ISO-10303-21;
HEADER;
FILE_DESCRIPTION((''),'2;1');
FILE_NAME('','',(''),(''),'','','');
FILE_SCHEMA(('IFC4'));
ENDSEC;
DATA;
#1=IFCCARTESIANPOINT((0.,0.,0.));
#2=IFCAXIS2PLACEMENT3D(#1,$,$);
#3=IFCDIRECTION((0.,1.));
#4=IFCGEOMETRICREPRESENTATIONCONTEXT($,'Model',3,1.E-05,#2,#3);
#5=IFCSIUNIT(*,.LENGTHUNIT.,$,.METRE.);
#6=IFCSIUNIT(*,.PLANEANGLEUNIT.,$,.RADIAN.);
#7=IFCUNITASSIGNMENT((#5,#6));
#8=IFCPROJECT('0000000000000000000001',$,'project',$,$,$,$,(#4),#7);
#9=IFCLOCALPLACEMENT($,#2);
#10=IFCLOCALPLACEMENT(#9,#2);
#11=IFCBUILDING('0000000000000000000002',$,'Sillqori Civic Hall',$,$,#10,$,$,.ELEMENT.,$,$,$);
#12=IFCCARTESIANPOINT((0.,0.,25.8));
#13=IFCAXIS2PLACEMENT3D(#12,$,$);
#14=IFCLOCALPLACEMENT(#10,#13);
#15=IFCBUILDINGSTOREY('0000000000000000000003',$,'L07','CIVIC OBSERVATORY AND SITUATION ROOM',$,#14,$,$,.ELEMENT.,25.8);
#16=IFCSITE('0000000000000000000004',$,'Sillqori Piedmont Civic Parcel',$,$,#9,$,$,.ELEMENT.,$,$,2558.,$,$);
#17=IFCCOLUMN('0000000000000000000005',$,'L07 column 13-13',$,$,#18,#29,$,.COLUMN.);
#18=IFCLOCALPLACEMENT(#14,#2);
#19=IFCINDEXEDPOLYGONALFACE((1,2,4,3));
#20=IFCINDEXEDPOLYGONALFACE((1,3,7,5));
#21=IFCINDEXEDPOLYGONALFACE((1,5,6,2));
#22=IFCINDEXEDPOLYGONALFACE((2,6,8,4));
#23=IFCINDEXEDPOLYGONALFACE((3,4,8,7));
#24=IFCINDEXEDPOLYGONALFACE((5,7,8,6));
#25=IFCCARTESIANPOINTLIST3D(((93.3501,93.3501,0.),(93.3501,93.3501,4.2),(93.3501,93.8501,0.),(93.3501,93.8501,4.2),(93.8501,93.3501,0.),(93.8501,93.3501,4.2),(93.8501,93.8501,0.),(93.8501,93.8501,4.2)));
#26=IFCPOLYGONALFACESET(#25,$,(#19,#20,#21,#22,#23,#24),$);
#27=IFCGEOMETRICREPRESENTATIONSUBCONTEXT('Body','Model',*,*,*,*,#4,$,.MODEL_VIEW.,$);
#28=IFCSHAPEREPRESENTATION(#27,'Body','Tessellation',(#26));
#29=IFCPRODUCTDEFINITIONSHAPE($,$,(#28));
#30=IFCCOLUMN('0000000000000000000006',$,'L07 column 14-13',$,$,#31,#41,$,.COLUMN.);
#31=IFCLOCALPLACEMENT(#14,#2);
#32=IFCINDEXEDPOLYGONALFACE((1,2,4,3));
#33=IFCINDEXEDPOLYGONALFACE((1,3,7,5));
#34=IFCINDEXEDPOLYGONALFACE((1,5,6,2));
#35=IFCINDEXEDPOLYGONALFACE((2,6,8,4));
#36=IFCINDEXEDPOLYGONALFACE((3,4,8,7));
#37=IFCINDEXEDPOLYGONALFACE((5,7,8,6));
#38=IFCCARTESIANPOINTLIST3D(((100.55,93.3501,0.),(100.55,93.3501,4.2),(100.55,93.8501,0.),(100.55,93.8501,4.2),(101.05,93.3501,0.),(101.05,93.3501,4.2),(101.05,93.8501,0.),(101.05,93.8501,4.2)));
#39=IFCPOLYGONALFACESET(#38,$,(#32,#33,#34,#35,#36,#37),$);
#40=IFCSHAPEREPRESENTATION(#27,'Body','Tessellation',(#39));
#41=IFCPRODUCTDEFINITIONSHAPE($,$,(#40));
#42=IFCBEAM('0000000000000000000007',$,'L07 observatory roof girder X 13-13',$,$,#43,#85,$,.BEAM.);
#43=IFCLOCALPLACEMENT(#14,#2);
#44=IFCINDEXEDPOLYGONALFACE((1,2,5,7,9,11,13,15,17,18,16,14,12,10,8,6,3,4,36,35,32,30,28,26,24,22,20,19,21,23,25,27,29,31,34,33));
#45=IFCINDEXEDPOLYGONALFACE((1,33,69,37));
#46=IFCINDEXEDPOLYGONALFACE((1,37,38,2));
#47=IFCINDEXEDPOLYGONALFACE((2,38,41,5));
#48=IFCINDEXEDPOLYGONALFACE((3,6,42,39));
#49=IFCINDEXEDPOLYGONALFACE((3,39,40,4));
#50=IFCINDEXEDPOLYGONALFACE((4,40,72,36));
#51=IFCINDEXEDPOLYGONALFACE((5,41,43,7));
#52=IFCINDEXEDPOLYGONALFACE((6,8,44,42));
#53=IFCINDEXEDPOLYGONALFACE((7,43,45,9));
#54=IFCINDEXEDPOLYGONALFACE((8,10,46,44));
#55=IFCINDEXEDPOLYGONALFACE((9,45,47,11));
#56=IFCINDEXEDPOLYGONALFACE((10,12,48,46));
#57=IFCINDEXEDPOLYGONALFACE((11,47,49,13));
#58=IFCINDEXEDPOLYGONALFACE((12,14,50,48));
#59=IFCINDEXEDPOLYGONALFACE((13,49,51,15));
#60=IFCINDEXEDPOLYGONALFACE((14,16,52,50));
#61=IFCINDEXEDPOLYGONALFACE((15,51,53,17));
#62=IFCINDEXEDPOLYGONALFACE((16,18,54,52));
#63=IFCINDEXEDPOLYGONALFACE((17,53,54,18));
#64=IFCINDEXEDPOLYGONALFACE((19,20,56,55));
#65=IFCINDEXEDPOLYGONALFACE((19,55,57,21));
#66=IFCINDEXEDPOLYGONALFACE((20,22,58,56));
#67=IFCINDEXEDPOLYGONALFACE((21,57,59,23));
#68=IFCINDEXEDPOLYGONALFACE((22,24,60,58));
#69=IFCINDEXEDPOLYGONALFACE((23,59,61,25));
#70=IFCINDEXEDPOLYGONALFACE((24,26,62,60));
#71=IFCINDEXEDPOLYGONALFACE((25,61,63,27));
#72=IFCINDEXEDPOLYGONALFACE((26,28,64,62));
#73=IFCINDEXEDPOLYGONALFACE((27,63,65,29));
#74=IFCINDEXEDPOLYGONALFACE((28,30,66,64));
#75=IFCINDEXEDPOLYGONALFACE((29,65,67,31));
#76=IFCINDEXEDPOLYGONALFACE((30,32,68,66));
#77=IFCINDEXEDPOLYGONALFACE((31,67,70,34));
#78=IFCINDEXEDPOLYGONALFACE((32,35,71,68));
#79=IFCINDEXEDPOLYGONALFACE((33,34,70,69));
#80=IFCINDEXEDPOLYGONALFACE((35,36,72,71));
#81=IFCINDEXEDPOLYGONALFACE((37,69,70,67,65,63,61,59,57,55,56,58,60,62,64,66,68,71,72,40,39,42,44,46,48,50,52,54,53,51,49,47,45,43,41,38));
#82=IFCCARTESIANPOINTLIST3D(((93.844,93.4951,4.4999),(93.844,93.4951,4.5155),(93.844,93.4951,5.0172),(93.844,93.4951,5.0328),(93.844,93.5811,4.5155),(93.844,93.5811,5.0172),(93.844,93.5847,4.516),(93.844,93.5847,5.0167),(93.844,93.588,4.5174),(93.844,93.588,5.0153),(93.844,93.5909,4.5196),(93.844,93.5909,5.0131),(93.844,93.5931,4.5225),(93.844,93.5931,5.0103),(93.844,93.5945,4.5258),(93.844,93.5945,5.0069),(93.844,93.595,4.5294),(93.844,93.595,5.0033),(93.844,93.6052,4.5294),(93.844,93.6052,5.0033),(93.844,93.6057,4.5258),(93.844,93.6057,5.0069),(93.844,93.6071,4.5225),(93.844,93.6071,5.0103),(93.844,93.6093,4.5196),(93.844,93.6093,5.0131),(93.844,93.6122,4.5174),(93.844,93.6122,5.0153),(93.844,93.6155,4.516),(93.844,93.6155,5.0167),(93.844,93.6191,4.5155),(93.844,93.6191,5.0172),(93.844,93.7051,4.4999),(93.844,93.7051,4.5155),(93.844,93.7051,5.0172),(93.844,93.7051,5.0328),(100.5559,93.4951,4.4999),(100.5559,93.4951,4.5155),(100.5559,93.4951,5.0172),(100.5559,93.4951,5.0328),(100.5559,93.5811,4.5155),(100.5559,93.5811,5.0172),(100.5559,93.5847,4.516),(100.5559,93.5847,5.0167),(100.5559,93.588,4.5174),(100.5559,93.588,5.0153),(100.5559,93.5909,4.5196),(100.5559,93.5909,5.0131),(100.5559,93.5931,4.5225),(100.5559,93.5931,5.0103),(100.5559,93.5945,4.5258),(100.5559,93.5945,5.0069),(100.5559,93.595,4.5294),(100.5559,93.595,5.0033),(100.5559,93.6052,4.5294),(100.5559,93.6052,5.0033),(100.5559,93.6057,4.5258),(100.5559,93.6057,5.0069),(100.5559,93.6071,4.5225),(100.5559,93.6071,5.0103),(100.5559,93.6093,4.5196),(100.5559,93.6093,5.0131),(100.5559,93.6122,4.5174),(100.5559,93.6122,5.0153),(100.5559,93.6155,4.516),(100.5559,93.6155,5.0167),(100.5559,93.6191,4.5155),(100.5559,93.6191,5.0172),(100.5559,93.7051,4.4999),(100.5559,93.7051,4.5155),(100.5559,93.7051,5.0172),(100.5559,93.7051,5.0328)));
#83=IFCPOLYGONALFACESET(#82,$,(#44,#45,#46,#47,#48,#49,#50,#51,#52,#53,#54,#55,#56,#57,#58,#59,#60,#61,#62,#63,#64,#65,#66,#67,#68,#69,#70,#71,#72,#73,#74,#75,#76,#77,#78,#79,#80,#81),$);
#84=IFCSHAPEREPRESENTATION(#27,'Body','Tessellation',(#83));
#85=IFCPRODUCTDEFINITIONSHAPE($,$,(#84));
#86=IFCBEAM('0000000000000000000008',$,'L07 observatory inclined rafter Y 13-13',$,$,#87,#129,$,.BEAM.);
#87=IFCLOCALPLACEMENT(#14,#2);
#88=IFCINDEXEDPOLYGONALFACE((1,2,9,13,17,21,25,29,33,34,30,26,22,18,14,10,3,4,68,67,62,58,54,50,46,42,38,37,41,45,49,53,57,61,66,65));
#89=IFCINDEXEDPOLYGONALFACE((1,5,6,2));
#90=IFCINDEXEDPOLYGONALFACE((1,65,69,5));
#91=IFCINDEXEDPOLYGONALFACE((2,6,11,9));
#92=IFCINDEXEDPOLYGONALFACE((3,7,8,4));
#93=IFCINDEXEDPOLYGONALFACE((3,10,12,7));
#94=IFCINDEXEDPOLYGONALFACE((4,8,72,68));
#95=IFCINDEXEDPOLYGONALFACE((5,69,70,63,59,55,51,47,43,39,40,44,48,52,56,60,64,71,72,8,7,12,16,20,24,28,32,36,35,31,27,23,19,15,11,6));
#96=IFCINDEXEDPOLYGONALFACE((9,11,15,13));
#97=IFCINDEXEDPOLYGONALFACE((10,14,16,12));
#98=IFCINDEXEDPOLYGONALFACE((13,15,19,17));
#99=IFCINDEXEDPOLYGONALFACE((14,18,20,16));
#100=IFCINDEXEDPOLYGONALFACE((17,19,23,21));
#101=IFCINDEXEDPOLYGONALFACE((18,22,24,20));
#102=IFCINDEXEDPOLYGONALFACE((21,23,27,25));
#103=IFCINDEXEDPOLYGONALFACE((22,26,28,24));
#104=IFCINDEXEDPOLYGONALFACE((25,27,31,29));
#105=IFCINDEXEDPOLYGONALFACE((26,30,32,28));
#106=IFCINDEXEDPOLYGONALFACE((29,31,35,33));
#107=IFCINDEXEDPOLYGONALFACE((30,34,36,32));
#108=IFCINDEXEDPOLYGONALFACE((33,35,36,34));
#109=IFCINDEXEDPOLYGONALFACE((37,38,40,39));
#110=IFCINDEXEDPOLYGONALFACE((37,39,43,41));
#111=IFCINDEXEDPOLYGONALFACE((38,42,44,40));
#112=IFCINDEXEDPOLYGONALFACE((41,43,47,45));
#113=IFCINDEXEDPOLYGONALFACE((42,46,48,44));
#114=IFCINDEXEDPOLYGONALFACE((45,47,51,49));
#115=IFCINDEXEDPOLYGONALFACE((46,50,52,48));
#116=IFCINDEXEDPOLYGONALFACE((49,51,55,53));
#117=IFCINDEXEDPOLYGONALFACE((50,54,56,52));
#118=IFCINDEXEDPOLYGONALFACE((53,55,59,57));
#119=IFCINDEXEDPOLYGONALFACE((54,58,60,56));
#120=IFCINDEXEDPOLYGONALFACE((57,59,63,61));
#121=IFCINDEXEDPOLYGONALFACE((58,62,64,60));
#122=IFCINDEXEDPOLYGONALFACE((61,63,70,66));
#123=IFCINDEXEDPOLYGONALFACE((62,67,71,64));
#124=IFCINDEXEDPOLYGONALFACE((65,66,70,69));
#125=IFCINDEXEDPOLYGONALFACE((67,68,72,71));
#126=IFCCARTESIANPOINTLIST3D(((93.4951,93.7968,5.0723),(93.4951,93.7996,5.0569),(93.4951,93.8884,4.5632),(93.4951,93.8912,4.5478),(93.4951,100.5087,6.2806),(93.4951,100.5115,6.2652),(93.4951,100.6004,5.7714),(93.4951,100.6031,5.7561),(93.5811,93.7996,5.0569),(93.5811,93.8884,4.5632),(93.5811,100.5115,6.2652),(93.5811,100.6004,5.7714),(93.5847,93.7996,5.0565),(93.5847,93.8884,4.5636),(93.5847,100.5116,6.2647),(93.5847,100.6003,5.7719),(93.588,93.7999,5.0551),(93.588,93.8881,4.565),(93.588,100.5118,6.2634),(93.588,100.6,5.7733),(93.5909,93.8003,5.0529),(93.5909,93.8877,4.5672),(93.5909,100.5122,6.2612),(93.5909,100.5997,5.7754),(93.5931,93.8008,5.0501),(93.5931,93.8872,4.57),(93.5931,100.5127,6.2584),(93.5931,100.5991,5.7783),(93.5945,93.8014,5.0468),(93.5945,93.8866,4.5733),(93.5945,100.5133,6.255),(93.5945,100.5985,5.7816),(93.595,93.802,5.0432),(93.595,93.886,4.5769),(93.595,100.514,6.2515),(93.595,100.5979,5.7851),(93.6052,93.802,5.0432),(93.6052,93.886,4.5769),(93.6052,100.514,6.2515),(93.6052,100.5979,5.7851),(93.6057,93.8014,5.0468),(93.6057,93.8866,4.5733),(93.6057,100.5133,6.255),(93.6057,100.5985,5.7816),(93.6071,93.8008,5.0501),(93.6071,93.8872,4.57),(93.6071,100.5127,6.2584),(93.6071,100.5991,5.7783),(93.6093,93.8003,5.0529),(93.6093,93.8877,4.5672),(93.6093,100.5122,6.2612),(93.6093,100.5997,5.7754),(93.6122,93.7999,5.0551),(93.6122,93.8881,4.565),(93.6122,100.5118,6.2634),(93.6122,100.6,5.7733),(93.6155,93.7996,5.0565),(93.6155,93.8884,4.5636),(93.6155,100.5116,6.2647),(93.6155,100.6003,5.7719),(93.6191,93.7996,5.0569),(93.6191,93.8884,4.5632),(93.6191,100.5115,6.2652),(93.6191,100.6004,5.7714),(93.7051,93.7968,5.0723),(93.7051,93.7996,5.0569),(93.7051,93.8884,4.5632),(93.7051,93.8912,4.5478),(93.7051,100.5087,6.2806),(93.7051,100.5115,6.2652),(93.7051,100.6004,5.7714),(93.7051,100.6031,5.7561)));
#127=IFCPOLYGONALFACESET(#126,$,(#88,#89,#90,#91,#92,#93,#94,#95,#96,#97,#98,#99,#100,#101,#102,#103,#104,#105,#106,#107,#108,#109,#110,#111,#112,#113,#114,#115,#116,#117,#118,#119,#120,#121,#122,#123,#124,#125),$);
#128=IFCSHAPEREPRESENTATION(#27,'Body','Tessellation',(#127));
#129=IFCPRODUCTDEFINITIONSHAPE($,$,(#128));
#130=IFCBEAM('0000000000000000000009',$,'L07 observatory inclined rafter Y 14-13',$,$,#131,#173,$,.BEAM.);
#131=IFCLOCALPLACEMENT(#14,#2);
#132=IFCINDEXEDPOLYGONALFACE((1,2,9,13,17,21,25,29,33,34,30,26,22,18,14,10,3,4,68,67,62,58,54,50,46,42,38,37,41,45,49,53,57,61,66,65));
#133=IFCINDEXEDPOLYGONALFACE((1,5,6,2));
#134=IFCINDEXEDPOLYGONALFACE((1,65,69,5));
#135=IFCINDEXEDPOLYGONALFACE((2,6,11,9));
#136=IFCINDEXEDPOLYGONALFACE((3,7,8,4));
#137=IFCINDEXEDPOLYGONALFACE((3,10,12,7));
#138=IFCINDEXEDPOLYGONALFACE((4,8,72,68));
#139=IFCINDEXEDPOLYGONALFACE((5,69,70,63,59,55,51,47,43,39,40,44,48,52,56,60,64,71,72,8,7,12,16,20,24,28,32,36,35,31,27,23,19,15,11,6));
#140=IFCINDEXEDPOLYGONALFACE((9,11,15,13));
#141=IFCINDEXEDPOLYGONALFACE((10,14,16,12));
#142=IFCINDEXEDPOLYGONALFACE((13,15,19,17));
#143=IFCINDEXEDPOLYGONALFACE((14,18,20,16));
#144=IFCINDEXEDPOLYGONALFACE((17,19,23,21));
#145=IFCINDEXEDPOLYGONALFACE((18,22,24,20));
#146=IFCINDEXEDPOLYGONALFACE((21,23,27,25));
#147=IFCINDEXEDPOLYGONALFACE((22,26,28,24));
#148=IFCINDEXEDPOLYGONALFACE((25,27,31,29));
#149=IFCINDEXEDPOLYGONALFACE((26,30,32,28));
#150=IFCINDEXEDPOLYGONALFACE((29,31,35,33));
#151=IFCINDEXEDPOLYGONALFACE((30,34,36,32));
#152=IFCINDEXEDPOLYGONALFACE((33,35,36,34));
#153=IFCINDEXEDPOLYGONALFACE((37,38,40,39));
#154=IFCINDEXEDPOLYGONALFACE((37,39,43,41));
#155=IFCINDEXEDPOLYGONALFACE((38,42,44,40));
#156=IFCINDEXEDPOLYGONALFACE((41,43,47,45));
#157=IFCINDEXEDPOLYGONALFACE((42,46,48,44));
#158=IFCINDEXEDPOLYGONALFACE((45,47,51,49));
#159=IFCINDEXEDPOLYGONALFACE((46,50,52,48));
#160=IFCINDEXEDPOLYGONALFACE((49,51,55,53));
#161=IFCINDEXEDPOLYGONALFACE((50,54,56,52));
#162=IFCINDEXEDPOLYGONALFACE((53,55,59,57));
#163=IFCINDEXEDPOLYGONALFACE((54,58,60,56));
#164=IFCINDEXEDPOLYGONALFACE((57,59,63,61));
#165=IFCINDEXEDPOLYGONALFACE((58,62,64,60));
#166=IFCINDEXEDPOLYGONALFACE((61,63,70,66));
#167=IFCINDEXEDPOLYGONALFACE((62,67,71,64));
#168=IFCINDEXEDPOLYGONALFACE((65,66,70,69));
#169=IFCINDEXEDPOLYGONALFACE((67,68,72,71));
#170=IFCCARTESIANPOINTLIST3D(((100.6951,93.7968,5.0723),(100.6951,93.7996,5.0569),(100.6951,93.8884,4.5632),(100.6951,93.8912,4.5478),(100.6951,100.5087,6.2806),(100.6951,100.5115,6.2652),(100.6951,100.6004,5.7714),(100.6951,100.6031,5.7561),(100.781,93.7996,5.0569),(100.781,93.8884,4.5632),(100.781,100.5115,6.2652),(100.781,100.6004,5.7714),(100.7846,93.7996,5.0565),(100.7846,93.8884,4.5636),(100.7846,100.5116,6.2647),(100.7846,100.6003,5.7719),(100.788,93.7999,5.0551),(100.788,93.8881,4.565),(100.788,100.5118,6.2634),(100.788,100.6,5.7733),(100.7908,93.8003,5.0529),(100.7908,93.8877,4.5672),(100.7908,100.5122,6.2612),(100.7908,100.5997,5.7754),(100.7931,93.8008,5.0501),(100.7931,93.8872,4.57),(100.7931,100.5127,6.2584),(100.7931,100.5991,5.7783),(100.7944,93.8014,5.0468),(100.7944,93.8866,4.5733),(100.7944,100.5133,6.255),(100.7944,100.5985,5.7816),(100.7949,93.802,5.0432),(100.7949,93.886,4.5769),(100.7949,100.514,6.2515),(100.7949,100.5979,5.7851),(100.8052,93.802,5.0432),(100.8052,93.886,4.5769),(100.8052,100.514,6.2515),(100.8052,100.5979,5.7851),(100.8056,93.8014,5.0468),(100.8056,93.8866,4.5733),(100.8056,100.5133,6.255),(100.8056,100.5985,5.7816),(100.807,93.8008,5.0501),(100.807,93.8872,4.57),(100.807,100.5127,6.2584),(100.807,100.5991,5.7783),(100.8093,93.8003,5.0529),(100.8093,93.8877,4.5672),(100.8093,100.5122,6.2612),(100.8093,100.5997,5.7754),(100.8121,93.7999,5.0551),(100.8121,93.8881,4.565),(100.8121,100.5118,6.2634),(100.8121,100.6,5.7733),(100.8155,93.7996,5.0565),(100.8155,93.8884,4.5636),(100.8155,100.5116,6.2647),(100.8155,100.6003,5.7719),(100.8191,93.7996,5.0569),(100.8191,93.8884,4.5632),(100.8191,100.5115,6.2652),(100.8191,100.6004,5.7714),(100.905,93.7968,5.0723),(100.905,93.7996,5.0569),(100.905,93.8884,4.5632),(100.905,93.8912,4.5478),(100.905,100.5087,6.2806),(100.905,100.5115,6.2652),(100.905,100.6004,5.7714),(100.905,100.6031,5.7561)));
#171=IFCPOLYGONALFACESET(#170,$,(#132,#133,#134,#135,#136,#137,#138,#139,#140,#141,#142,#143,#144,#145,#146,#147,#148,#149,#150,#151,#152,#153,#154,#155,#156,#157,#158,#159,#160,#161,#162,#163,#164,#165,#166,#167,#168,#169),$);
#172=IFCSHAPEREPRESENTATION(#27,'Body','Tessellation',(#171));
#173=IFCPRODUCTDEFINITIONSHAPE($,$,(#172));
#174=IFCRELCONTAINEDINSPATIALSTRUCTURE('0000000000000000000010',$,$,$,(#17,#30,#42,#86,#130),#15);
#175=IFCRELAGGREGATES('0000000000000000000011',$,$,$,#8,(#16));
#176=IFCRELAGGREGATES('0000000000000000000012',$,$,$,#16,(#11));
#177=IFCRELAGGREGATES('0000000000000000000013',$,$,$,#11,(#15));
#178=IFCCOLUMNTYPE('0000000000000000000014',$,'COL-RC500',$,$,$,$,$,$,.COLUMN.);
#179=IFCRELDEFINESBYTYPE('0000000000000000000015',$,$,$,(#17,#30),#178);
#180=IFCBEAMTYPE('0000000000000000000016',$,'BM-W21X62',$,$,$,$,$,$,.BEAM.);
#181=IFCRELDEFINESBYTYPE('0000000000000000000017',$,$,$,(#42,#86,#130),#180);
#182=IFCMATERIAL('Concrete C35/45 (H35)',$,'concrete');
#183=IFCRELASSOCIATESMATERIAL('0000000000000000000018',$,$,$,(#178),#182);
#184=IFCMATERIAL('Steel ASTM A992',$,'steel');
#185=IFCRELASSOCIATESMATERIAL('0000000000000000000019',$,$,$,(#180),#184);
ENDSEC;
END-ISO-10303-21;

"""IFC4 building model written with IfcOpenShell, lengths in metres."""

from ifc_helpers import new_model, si_unit, direction, frame, origin, origin_2d, place, context, subcontext, project, spatial, rectangle, i_section, extrude, material, material_profile, profile_set, type_object, element, save


model = new_model("IFC4")

# Units and contexts
model_context = context("Model", 3, precision=1e-05, world=origin(), true_north=direction((0.0, 1.0)))
body_context = subcontext(model_context, "Body", "Model", "MODEL_VIEW")
ifc_project = project(units=[si_unit("LENGTHUNIT", "METRE"), si_unit("PLANEANGLEUNIT", "RADIAN")], contexts=[model_context])

# Site, building, storey
site_placement = place(None, origin())
site = spatial("IfcSite", under=ifc_project, at=site_placement, Name="Sillqori Piedmont Civic Parcel", CompositionType="ELEMENT", RefElevation=2558.0)
building_placement = place(site_placement, origin())
building = spatial("IfcBuilding", under=site, at=building_placement, Name="Sillqori Civic Hall", CompositionType="ELEMENT")
storey_placement = place(building_placement, frame((0.0, 0.0, 25.8)))
storey = spatial("IfcBuildingStorey", under=building, at=storey_placement, Name="L07", Description="CIVIC OBSERVATORY AND SITUATION ROOM", CompositionType="ELEMENT", Elevation=25.8)

# Columns
ifc_material_1 = material(Name="Concrete C35/45 (H35)", Category="concrete")
ifc_material_profile_1 = material_profile(ifc_material_1, rectangle(XDim=0.5, YDim=0.5, at=origin_2d()), Name="RC 500x500")
ifc_profile_set_1 = profile_set([ifc_material_profile_1], Name="Concrete C35/45 (H35)")
column_type = type_object("IfcColumnType", Name="COL-RC500", PredefinedType="COLUMN", material=ifc_profile_set_1)
for number, where, z_axis, x_axis, name in (
    (1, (93.6001, 93.6001, 0.0), (0.0, 0.0, 1.0), (1.0, 0.0, 0.0), "L07 column 13-13"),
    (2, (100.8, 93.6001, 0.0), (0.0, 0.0, 1.0), (1.0, 0.0, 0.0), "L07 column 14-13"),
):
    element("IfcColumn", number, at=place(storey_placement, frame(where, z_axis=z_axis, x_axis=x_axis)), inside=storey, type_object=column_type, Name=name, PredefinedType="COLUMN", context=body_context, shape_type="SweptSolid", body=[
        extrude(rectangle(XDim=0.5, YDim=0.5, at=origin_2d()), origin(), (0.0, 0.0, 1.0), 4.2),
    ])

# Beams
ifc_material_2 = material(Name="Steel ASTM A992", Category="steel")
ifc_material_profile_2 = material_profile(ifc_material_2, i_section(OverallWidth=0.21, OverallDepth=0.533, WebThickness=0.0103, FlangeThickness=0.0156, FilletRadius=0.0139, at=origin_2d()), Name="W21X62")
ifc_profile_set_2 = profile_set([ifc_material_profile_2], Name="Steel ASTM A992")
beam_type = type_object("IfcBeamType", Name="BM-W21X62", PredefinedType="BEAM", material=ifc_profile_set_2)
beam_placement = place(storey_placement, frame((93.844, 93.6001, 4.7664), z_axis=(1.0, 0.0, 0.0), x_axis=(0.0, 1.0, 0.0)))
element("IfcBeam", 3, at=beam_placement, inside=storey, type_object=beam_type, Name="L07 observatory roof girder X 13-13", PredefinedType="BEAM", context=body_context, shape_type="SweptSolid", body=[
    extrude(i_section(OverallWidth=0.21, OverallDepth=0.533, WebThickness=0.0103, FlangeThickness=0.0156, FilletRadius=0.0139, at=origin_2d()), origin(), (0.0, 0.0, 1.0), 6.7119),
])
for number, where, z_axis, x_axis, name in (
    (4, (93.6001, 93.844, 4.8101), (0.0, 0.984181, 0.177168), (-1.0, 0.0, 0.0), "L07 observatory inclined rafter Y 13-13"),
    (5, (100.8, 93.844, 4.8101), (0.0, 0.984181, 0.177168), (-1.0, 0.0, 0.0), "L07 observatory inclined rafter Y 14-13"),
):
    element("IfcBeam", number, at=place(storey_placement, frame(where, z_axis=z_axis, x_axis=x_axis)), inside=storey, type_object=beam_type, Name=name, PredefinedType="BEAM", context=body_context, shape_type="SweptSolid", body=[
        extrude(i_section(OverallWidth=0.21, OverallDepth=0.533, WebThickness=0.0103, FlangeThickness=0.0156, FilletRadius=0.0139, at=origin_2d()), origin(), (0.0, 0.0, 1.0), 6.8198),
    ])

save(model, "model.ifc")
